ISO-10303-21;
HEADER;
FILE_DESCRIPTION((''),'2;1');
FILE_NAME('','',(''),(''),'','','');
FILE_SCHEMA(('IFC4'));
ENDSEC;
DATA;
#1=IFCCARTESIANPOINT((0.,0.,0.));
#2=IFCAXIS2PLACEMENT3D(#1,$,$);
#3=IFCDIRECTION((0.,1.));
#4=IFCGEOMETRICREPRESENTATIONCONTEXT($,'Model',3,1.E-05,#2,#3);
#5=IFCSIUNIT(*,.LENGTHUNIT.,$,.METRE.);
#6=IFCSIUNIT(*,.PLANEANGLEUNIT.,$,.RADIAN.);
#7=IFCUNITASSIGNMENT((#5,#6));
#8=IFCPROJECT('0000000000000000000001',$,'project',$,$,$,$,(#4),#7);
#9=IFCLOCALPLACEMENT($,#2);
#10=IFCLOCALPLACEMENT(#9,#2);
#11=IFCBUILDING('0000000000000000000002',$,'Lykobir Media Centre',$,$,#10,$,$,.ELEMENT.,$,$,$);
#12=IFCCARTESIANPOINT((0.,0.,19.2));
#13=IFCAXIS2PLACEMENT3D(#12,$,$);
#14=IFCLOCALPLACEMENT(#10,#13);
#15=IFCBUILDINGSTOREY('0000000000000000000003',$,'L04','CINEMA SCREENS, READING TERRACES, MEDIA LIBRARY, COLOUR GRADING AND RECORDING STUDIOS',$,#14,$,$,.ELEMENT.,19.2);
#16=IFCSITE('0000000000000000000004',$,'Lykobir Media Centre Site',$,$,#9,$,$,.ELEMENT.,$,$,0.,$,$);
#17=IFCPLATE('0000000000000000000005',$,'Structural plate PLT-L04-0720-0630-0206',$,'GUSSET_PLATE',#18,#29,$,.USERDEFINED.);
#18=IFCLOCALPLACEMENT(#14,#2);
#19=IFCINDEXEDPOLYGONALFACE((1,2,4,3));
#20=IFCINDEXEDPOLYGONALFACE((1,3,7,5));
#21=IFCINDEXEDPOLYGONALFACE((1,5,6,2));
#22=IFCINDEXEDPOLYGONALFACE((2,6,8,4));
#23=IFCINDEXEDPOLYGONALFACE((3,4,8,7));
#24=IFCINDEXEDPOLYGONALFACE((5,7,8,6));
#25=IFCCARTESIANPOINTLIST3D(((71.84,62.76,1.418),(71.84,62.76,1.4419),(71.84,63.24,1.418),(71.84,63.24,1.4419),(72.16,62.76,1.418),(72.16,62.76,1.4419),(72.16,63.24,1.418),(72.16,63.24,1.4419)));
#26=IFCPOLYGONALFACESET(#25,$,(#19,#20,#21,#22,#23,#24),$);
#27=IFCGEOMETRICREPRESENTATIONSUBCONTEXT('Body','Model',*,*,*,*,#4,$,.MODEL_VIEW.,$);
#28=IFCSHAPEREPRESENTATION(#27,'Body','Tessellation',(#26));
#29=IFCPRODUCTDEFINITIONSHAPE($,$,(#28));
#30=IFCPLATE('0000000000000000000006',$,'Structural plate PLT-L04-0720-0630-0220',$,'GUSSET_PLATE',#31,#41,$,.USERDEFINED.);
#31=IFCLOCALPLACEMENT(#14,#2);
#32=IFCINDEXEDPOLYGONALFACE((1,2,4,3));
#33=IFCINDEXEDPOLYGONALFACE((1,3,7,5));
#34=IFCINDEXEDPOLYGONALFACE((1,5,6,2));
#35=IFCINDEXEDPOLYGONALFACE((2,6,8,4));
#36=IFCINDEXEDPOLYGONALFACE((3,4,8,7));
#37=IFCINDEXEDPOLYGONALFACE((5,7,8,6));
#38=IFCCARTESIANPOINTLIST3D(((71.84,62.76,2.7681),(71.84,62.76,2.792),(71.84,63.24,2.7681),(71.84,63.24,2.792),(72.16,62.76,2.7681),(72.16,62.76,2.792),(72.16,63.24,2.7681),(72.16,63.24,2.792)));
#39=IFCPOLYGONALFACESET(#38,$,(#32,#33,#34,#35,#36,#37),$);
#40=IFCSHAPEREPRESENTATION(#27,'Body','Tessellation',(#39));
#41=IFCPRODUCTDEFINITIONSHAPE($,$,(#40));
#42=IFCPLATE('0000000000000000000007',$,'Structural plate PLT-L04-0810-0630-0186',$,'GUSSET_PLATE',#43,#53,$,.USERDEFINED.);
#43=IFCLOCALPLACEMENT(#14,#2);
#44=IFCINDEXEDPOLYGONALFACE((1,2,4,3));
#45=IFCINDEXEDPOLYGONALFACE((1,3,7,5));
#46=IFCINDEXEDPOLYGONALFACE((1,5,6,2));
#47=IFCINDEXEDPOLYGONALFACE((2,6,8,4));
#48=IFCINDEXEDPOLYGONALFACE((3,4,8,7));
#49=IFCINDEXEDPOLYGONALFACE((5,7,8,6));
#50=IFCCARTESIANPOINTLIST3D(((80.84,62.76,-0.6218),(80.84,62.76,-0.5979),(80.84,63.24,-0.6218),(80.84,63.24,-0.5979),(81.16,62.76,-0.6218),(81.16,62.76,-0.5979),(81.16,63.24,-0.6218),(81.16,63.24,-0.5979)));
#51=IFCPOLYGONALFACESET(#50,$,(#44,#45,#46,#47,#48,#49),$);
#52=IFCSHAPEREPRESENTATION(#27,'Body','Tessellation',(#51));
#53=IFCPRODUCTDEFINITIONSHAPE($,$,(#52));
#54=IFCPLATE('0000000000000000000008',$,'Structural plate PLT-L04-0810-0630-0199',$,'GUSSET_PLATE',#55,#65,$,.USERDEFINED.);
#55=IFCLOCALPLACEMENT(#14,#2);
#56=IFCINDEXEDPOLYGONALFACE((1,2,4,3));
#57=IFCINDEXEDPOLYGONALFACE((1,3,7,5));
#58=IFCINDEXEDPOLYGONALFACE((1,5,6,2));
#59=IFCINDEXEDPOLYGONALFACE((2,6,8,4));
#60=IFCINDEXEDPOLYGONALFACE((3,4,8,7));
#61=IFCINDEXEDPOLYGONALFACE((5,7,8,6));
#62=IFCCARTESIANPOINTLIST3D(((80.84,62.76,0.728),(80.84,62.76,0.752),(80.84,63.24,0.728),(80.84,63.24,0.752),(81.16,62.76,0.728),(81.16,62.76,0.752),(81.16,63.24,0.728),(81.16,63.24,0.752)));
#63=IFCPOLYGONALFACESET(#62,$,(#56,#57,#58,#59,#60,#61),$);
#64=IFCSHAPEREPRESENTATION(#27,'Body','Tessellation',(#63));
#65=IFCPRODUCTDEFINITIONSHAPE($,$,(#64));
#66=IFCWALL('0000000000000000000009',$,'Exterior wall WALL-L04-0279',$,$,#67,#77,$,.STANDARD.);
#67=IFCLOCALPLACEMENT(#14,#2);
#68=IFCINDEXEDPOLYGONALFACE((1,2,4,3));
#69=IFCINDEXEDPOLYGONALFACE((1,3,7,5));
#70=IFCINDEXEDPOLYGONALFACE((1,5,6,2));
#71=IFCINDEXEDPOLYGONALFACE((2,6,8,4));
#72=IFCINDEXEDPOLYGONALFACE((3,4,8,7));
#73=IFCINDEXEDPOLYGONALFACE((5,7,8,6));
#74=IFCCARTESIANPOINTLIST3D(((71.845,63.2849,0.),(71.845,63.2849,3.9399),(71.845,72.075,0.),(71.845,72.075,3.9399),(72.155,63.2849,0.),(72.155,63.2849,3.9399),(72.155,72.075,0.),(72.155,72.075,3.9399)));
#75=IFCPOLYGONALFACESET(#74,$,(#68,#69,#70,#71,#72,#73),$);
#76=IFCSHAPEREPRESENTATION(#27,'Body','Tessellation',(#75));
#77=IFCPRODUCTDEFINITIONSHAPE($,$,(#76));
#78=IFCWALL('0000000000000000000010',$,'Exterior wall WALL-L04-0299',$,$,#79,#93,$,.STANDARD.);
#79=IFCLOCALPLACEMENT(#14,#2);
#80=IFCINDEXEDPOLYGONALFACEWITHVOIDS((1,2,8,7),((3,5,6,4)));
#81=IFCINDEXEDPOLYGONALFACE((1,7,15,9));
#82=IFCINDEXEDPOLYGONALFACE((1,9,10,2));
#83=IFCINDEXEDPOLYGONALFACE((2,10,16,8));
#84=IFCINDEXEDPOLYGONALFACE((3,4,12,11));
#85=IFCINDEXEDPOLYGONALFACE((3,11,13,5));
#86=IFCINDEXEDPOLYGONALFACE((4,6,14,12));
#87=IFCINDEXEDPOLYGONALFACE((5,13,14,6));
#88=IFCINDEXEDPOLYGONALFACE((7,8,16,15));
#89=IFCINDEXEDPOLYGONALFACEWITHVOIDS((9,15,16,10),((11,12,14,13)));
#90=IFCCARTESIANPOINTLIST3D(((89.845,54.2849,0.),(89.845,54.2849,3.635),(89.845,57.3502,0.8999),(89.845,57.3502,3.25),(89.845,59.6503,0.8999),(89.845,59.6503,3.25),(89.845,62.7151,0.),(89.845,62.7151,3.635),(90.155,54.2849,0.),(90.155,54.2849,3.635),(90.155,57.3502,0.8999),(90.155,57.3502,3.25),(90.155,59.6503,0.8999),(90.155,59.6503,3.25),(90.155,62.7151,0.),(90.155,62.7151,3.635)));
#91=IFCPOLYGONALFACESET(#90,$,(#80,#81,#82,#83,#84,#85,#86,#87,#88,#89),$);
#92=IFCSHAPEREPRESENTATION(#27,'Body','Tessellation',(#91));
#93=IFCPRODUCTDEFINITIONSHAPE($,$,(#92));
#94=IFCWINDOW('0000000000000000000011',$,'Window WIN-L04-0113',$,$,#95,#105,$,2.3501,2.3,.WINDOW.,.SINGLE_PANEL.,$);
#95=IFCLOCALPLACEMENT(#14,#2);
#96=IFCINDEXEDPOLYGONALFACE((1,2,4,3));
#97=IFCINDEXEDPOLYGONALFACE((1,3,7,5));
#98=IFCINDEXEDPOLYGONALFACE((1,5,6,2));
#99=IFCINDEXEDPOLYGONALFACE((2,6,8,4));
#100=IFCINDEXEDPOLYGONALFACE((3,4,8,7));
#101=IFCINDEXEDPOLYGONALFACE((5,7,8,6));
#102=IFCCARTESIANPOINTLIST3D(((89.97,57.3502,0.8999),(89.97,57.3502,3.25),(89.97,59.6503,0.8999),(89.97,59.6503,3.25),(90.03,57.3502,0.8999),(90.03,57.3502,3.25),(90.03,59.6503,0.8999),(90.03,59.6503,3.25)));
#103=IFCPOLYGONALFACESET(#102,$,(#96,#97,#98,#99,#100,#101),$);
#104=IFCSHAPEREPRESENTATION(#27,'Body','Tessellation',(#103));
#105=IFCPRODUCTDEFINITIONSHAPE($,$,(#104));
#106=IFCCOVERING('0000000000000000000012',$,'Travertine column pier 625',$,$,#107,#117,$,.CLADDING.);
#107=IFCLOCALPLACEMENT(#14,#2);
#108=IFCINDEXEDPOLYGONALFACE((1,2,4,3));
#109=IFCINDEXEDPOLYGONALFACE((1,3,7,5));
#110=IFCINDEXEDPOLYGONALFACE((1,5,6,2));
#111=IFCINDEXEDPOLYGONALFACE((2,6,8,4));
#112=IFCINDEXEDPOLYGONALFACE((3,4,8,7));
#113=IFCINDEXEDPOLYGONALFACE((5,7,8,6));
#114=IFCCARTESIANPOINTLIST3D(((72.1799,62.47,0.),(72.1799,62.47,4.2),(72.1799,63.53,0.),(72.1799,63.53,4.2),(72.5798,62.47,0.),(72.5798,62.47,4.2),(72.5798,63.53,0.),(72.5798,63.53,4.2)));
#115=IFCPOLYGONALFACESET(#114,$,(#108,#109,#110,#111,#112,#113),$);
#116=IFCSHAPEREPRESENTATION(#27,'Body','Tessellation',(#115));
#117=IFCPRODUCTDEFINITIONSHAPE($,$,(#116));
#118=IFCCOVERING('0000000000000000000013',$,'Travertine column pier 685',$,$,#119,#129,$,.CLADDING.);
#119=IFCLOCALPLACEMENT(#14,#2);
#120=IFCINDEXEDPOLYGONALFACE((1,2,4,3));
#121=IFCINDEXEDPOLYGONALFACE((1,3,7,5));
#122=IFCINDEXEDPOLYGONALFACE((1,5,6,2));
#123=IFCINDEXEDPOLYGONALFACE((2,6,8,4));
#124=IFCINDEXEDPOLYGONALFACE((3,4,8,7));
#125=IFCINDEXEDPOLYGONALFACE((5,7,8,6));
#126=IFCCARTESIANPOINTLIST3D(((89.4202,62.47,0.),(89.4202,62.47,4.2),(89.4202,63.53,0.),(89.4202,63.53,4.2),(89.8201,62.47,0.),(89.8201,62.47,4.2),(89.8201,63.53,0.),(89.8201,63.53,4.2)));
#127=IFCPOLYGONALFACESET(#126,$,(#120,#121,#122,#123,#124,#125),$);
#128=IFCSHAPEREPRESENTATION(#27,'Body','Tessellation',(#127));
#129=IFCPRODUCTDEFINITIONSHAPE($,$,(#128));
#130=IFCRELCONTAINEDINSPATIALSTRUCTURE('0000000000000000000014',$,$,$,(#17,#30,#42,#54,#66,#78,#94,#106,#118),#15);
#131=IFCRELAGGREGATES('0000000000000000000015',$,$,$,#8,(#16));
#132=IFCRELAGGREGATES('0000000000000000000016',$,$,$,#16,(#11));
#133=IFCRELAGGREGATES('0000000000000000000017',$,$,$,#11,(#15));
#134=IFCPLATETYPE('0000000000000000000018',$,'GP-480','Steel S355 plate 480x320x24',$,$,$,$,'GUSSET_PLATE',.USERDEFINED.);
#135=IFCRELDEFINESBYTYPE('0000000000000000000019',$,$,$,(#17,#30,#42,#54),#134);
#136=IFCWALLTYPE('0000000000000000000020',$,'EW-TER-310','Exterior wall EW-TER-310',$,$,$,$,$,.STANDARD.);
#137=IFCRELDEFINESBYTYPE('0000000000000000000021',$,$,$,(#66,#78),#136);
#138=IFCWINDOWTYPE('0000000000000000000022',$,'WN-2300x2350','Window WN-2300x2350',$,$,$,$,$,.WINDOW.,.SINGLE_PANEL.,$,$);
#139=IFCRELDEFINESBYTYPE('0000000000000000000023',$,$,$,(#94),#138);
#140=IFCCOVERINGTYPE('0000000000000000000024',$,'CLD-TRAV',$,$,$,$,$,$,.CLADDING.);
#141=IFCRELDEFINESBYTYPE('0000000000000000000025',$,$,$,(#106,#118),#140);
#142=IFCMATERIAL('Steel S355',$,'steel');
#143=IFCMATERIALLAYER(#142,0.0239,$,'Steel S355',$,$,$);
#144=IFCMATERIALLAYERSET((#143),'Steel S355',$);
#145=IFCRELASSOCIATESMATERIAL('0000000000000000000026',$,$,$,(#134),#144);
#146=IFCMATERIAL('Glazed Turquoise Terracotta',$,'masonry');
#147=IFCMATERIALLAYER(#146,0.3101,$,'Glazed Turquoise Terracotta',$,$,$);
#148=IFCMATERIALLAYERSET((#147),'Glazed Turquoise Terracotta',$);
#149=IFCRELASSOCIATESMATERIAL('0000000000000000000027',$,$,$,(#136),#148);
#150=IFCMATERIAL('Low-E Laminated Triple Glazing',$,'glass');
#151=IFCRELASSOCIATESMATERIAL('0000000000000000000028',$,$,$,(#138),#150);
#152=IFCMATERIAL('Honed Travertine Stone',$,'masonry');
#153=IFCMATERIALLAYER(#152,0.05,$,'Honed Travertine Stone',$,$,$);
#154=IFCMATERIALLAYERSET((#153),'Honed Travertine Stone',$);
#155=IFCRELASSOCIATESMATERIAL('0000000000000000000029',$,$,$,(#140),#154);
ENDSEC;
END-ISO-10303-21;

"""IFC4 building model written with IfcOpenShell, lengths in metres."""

from ifc_helpers import new_model, si_unit, direction, frame, frame_2d, origin, origin_2d, place, context, subcontext, project, spatial, rectangle, extrude, material, layer, layer_set, type_object, element, fill, save


model = new_model("IFC4")

# Units and contexts
model_context = context("Model", 3, precision=1e-05, world=origin(), true_north=direction((0.0, 1.0)))
body_context = subcontext(model_context, "Body", "Model", "MODEL_VIEW")
ifc_project = project(units=[si_unit("LENGTHUNIT", "METRE"), si_unit("PLANEANGLEUNIT", "RADIAN")], contexts=[model_context])

# Site, building, storey
site_placement = place(None, origin())
site = spatial("IfcSite", under=ifc_project, at=site_placement, Name="Lykobir Media Centre Site", CompositionType="ELEMENT", RefElevation=0.0)
building_placement = place(site_placement, origin())
building = spatial("IfcBuilding", under=site, at=building_placement, Name="Lykobir Media Centre", CompositionType="ELEMENT")
storey_placement = place(building_placement, frame((0.0, 0.0, 19.2)))
storey = spatial("IfcBuildingStorey", under=building, at=storey_placement, Name="L04", Description="CINEMA SCREENS, READING TERRACES, MEDIA LIBRARY, COLOUR GRADING AND RECORDING STUDIOS", CompositionType="ELEMENT", Elevation=19.2)

# Shared definitions
ifc_material_1 = material(Name="Steel S355", Category="steel")

# Plates
ifc_layer_1 = layer(ifc_material_1, 0.0239, Name="Steel S355")
ifc_layer_set_1 = layer_set([ifc_layer_1], Name="Steel S355")
plate_type = type_object("IfcPlateType", Name="GP-480", Description="Steel S355 plate 480x320x24", ElementType="GUSSET_PLATE", PredefinedType="USERDEFINED", material=ifc_layer_set_1)
for number, where, z_axis, x_axis, name in (
    (1, (72.0, 63.0, 1.418), (0.0, 0.0, 1.0), (0.0, 1.0, 0.0), "Structural plate PLT-L04-0720-0630-0206"),
    (2, (72.0, 63.0, 2.7681), (0.0, 0.0, 1.0), (0.0, 1.0, 0.0), "Structural plate PLT-L04-0720-0630-0220"),
    (3, (81.0, 63.0, -0.6218), (0.0, 0.0, 1.0), (0.0, 1.0, 0.0), "Structural plate PLT-L04-0810-0630-0186"),
    (4, (81.0, 63.0, 0.728), (0.0, 0.0, 1.0), (0.0, 1.0, 0.0), "Structural plate PLT-L04-0810-0630-0199"),
):
    element("IfcPlate", number, at=place(storey_placement, frame(where, z_axis=z_axis, x_axis=x_axis)), inside=storey, type_object=plate_type, Name=name, ObjectType="GUSSET_PLATE", PredefinedType="USERDEFINED", context=body_context, shape_type="SweptSolid", body=[
        extrude(rectangle(XDim=0.48, YDim=0.3201, at=origin_2d()), origin(), (0.0, 0.0, 1.0), 0.0239),
    ])

# Wall
ifc_material_2 = material(Name="Glazed Turquoise Terracotta", Category="masonry")
ifc_layer_2 = layer(ifc_material_2, 0.3101, Name="Glazed Turquoise Terracotta")
ifc_layer_set_2 = layer_set([ifc_layer_2], Name="Glazed Turquoise Terracotta")
wall_type = type_object("IfcWallType", Name="EW-TER-310", Description="Exterior wall EW-TER-310", PredefinedType="STANDARD", material=ifc_layer_set_2)
wall_1_placement = place(storey_placement, frame((72.0, 63.2849, 0.0), z_axis=(0.0, 0.0, 1.0), x_axis=(0.0, 1.0, 0.0)))
element("IfcWall", 5, at=wall_1_placement, inside=storey, type_object=wall_type, Name="Exterior wall WALL-L04-0279", PredefinedType="STANDARD", context=body_context, shape_type="SweptSolid", body=[
    extrude(rectangle(XDim=8.79, YDim=0.3101, at=frame_2d((4.395, 0.0))), origin(), (0.0, 0.0, 1.0), 3.9399),
])

# Wall, opening, window
wall_2_placement = place(storey_placement, frame((90.0, 62.7151, 0.0), z_axis=(0.0, 0.0, 1.0), x_axis=(0.0, -1.0, 0.0)))
wall_2 = element("IfcWall", 6, at=wall_2_placement, inside=storey, type_object=wall_type, Name="Exterior wall WALL-L04-0299", PredefinedType="STANDARD", context=body_context, shape_type="SweptSolid", body=[
    extrude(rectangle(XDim=8.4302, YDim=0.3101, at=frame_2d((4.2151, 0.0))), origin(), (0.0, 0.0, 1.0), 3.635),
])
opening_placement = place(wall_2_placement, frame((3.0649, 0.0, 0.8999)))
opening = element("IfcOpeningElement", 7, at=opening_placement, cuts=wall_2, PredefinedType="OPENING", context=body_context, shape_type="SweptSolid", body=[
    extrude(rectangle(XDim=2.3, YDim=2.3501, at=frame_2d((1.1499, 1.175))), frame((0.0, 0.165, 0.0), z_axis=(0.0, -1.0, 0.0), x_axis=(1.0, 0.0, 0.0)), (0.0, 0.0, 1.0), 0.3301),
])
ifc_material_3 = material(Name="Low-E Laminated Triple Glazing", Category="glass")
window_type = type_object("IfcWindowType", Name="WN-2300x2350", Description="Window WN-2300x2350", PartitioningType="SINGLE_PANEL", PredefinedType="WINDOW", material=ifc_material_3)
window_placement = place(opening_placement, origin())
window = element("IfcWindow", 8, at=window_placement, inside=storey, type_object=window_type, Name="Window WIN-L04-0113", OverallHeight=2.3501, OverallWidth=2.3, PartitioningType="SINGLE_PANEL", PredefinedType="WINDOW", context=body_context, shape_type="SweptSolid", body=[
    extrude(rectangle(XDim=2.3, YDim=2.3501, at=frame_2d((1.1499, 1.175))), frame((0.0, 0.03, 0.0), z_axis=(0.0, -1.0, 0.0), x_axis=(1.0, 0.0, 0.0)), (0.0, 0.0, 1.0), 0.0601),
])
fill(opening, window)

# Coverings
ifc_material_4 = material(Name="Honed Travertine Stone", Category="masonry")
ifc_layer_3 = layer(ifc_material_4, 0.05, Name="Honed Travertine Stone")
ifc_layer_set_3 = layer_set([ifc_layer_3], Name="Honed Travertine Stone")
covering_type = type_object("IfcCoveringType", Name="CLD-TRAV", PredefinedType="CLADDING", material=ifc_layer_set_3)
for number, where, z_axis, x_axis, name in (
    (9, (72.3799, 63.0, 0.0), (0.0, 0.0, 1.0), (0.0, 1.0, 0.0), "Travertine column pier 625"),
    (10, (89.6201, 63.0, 0.0), (0.0, 0.0, 1.0), (0.0, -1.0, 0.0), "Travertine column pier 685"),
):
    element("IfcCovering", number, at=place(storey_placement, frame(where, z_axis=z_axis, x_axis=x_axis)), inside=storey, type_object=covering_type, Name=name, PredefinedType="CLADDING", context=body_context, shape_type="SweptSolid", body=[
        extrude(rectangle(XDim=1.0601, YDim=0.3999, at=origin_2d()), origin(), (0.0, 0.0, 1.0), 4.2),
    ])

save(model, "model.ifc")
